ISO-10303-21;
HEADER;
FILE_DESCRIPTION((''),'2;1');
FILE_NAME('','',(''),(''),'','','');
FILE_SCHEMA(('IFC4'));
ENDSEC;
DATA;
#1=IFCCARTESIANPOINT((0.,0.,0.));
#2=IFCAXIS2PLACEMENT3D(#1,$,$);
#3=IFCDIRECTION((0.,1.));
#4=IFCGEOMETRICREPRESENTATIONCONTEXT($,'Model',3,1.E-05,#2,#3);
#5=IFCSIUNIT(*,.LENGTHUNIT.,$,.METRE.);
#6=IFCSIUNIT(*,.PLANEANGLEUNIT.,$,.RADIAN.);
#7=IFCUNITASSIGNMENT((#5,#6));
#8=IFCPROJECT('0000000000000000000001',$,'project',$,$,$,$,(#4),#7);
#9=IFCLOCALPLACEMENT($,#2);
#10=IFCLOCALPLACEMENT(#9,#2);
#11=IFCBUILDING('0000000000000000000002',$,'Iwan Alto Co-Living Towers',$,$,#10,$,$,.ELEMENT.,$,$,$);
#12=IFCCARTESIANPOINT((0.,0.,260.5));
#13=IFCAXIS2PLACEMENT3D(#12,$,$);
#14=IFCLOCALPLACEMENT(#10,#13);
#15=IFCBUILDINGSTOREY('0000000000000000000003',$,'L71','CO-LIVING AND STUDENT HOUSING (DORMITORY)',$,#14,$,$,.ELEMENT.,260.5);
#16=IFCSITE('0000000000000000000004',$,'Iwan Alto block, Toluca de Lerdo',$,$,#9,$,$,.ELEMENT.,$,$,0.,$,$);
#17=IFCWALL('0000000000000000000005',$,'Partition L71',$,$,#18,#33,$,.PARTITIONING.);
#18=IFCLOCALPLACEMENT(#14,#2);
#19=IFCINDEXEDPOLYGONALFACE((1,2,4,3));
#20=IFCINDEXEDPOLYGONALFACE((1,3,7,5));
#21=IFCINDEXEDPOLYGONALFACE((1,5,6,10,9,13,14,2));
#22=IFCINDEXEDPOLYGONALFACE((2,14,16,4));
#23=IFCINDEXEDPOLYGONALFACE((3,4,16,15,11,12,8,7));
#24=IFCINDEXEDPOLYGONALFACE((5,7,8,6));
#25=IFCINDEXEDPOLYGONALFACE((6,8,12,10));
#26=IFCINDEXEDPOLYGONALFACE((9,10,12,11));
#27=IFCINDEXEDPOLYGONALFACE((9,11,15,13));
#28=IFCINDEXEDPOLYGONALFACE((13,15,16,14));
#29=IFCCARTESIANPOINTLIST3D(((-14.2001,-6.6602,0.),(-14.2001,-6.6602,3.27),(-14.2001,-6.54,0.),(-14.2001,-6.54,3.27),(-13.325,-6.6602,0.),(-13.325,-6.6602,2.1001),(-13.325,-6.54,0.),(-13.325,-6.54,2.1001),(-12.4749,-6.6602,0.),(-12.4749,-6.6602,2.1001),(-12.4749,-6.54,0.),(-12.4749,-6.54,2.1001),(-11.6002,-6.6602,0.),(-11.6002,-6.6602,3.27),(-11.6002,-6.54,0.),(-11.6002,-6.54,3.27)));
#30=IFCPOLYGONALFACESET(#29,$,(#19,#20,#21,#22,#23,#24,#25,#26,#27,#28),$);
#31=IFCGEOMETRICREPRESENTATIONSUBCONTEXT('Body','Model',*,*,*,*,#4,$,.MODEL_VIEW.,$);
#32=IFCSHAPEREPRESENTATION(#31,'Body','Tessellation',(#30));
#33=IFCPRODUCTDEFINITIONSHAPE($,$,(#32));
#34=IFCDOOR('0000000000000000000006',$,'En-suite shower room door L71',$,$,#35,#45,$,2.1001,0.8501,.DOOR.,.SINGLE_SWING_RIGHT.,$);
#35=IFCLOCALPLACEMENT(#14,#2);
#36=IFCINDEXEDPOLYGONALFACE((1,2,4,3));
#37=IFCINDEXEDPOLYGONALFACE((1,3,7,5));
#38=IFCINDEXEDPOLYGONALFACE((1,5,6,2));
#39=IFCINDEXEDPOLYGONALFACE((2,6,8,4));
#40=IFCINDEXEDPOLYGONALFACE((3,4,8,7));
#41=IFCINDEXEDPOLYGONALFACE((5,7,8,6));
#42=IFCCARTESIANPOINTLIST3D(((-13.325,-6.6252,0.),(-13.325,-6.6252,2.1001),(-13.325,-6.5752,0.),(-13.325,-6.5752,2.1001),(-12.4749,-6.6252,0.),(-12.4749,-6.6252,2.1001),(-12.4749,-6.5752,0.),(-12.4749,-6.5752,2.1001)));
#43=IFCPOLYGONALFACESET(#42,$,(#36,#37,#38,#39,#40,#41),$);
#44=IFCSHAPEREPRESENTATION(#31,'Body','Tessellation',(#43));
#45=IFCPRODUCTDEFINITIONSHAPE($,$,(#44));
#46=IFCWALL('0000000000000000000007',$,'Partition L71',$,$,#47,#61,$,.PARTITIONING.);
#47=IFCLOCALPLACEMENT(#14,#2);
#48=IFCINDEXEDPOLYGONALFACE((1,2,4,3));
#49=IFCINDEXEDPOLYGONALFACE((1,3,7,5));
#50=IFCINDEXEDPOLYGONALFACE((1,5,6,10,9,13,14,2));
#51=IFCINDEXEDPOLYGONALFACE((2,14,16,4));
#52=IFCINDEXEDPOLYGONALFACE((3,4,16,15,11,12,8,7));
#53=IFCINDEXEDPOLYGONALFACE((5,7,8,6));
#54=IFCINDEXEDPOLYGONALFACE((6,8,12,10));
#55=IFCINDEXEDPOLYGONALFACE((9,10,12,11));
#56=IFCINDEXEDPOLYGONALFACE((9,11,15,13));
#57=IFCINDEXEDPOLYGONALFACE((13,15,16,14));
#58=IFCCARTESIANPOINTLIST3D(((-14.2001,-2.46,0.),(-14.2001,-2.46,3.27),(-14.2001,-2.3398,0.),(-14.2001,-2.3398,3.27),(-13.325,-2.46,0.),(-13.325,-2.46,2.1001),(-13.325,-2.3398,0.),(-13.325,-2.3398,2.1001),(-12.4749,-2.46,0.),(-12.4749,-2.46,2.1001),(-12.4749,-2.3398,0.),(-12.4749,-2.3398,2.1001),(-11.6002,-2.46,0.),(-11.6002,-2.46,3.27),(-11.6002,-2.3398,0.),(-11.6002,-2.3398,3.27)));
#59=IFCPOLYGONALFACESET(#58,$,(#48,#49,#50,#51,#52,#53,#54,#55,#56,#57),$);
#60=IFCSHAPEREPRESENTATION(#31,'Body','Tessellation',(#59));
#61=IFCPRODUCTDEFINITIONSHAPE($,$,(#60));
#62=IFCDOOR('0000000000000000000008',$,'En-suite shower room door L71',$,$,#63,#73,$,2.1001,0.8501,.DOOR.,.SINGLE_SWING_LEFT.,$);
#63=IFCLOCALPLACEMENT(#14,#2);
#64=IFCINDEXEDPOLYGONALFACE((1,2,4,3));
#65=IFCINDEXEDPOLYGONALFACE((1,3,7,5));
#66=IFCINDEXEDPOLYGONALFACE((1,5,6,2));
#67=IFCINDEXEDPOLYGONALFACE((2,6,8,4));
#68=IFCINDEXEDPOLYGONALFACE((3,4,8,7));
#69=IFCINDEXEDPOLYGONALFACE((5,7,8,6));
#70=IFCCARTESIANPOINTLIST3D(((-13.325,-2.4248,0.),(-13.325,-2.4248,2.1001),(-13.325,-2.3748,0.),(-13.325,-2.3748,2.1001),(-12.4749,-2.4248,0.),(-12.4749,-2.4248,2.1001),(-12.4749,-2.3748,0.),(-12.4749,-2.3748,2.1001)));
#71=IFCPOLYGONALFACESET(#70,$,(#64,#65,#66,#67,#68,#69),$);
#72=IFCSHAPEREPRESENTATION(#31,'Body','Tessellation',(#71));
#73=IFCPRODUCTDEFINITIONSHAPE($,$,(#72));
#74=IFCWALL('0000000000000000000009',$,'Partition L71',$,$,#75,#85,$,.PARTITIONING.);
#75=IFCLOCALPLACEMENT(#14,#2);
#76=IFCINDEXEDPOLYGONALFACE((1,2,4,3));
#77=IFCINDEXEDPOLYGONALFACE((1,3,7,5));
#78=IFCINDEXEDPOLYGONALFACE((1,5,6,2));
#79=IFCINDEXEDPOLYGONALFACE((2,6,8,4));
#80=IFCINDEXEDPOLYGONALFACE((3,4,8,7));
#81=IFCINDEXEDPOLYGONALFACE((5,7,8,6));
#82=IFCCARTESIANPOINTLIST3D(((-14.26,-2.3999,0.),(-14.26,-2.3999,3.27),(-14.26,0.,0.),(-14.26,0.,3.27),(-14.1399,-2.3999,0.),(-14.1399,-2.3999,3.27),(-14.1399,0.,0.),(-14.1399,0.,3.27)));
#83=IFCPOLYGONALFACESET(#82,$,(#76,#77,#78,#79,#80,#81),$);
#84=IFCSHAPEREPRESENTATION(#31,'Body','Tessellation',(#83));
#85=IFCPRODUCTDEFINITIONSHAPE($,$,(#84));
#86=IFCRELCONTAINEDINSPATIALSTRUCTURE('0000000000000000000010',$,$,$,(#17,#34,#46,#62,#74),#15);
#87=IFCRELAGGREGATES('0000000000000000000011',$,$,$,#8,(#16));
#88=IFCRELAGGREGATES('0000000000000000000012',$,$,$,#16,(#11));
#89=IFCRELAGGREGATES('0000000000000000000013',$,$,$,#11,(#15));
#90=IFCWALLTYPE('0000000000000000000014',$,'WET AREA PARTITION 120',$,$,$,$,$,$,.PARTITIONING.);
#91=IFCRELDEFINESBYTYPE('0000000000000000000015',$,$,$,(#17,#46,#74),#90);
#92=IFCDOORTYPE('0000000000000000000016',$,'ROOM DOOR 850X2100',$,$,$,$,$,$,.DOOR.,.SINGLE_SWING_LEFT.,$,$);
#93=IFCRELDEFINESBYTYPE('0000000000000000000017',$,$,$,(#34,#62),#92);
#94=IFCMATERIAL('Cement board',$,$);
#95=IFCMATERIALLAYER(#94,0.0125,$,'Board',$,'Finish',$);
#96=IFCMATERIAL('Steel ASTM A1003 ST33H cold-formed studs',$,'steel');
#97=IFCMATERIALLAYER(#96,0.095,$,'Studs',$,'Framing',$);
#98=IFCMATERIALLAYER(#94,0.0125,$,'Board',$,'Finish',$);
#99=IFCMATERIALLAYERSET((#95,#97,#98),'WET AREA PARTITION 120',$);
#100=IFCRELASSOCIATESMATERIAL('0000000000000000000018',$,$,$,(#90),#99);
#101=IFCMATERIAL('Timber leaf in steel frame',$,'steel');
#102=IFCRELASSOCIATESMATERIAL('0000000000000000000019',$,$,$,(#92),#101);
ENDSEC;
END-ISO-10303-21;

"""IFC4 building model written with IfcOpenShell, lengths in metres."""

from ifc_helpers import new_model, si_unit, direction, frame, frame_2d, origin, place, context, subcontext, project, spatial, rectangle, extrude, material, layer, layer_set, type_object, element, fill, save


model = new_model("IFC4")

# Units and contexts
model_context = context("Model", 3, precision=1e-05, world=origin(), true_north=direction((0.0, 1.0)))
body_context = subcontext(model_context, "Body", "Model", "MODEL_VIEW")
ifc_project = project(units=[si_unit("LENGTHUNIT", "METRE"), si_unit("PLANEANGLEUNIT", "RADIAN")], contexts=[model_context])

# Site, building, storey
site_placement = place(None, origin())
site = spatial("IfcSite", under=ifc_project, at=site_placement, Name="Iwan Alto block, Toluca de Lerdo", CompositionType="ELEMENT", RefElevation=0.0)
building_placement = place(site_placement, origin())
building = spatial("IfcBuilding", under=site, at=building_placement, Name="Iwan Alto Co-Living Towers", CompositionType="ELEMENT")
storey_placement = place(building_placement, frame((0.0, 0.0, 260.5)))
storey = spatial("IfcBuildingStorey", under=building, at=storey_placement, Name="L71", Description="CO-LIVING AND STUDENT HOUSING (DORMITORY)", CompositionType="ELEMENT", Elevation=260.5)

# Shared definitions
ifc_material_1 = material(Name="Steel ASTM A1003 ST33H cold-formed studs", Category="steel")

# Walls, openings, doors
ifc_material_2 = material(Name="Cement board")
ifc_layer_1 = layer(ifc_material_2, 0.0125, Name="Board", Category="Finish")
ifc_layer_2 = layer(ifc_material_1, 0.095, Name="Studs", Category="Framing")
ifc_layer_3 = layer(ifc_material_2, 0.0125, Name="Board", Category="Finish")
ifc_layer_set_1 = layer_set([ifc_layer_1, ifc_layer_2, ifc_layer_3], Name="WET AREA PARTITION 120")
wall_type_1 = type_object("IfcWallType", Name="WET AREA PARTITION 120", PredefinedType="PARTITIONING", material=ifc_layer_set_1)
wall_1_placement = place(storey_placement, frame((-14.2, -6.6001, 0.0), z_axis=(0.0, 0.0, 1.0), x_axis=(1.0, 0.0, 0.0)))
wall_1 = element("IfcWall", 1, at=wall_1_placement, inside=storey, type_object=wall_type_1, Name="Partition L71", PredefinedType="PARTITIONING", context=body_context, shape_type="SweptSolid", body=[
    extrude(rectangle(XDim=2.5999, YDim=0.1201, at=frame_2d((1.2998, 0.0))), origin(), (0.0, 0.0, 1.0), 3.27),
])
opening_1_placement = place(wall_1_placement, frame((0.875, 0.0, 0.0)))
opening_1 = element("IfcOpeningElement", 2, at=opening_1_placement, cuts=wall_1, PredefinedType="OPENING", context=body_context, shape_type="SweptSolid", body=[
    extrude(rectangle(XDim=0.8501, YDim=2.1001, at=frame_2d((0.425, 1.05))), frame((0.0, 0.0701, 0.0), z_axis=(0.0, -1.0, 0.0), x_axis=(1.0, 0.0, 0.0)), (0.0, 0.0, 1.0), 0.1401),
])
ifc_material_3 = material(Name="Timber leaf in steel frame", Category="steel")
door_type_1 = type_object("IfcDoorType", Name="ROOM DOOR 850X2100", OperationType="SINGLE_SWING_LEFT", PredefinedType="DOOR", material=ifc_material_3)
door_1_placement = place(opening_1_placement, origin())
door_1 = element("IfcDoor", 3, at=door_1_placement, inside=storey, type_object=door_type_1, Name="En-suite shower room door L71", OperationType="SINGLE_SWING_RIGHT", OverallHeight=2.1001, OverallWidth=0.8501, PredefinedType="DOOR", context=body_context, shape_type="SweptSolid", body=[
    extrude(rectangle(XDim=0.8501, YDim=2.1001, at=frame_2d((0.425, 1.05))), frame((0.0, 0.0249, 0.0), z_axis=(0.0, -1.0, 0.0), x_axis=(1.0, 0.0, 0.0)), (0.0, 0.0, 1.0), 0.05),
])
fill(opening_1, door_1)
wall_2_placement = place(storey_placement, frame((-14.2, -2.3999, 0.0), z_axis=(0.0, 0.0, 1.0), x_axis=(1.0, 0.0, 0.0)))
wall_2 = element("IfcWall", 4, at=wall_2_placement, inside=storey, type_object=wall_type_1, Name="Partition L71", PredefinedType="PARTITIONING", context=body_context, shape_type="SweptSolid", body=[
    extrude(rectangle(XDim=2.5999, YDim=0.1201, at=frame_2d((1.2998, 0.0))), origin(), (0.0, 0.0, 1.0), 3.27),
])
opening_2_placement = place(wall_2_placement, frame((0.875, 0.0, 0.0)))
opening_2 = element("IfcOpeningElement", 5, at=opening_2_placement, cuts=wall_2, PredefinedType="OPENING", context=body_context, shape_type="SweptSolid", body=[
    extrude(rectangle(XDim=0.8501, YDim=2.1001, at=frame_2d((0.425, 1.05))), frame((0.0, 0.0701, 0.0), z_axis=(0.0, -1.0, 0.0), x_axis=(1.0, 0.0, 0.0)), (0.0, 0.0, 1.0), 0.1401),
])
door_2_placement = place(opening_2_placement, frame((0.8501, 0.0, 0.0), z_axis=(0.0, 0.0, 1.0), x_axis=(-1.0, 0.0, 0.0)))
door_2 = element("IfcDoor", 6, at=door_2_placement, inside=storey, type_object=door_type_1, Name="En-suite shower room door L71", OperationType="SINGLE_SWING_LEFT", OverallHeight=2.1001, OverallWidth=0.8501, PredefinedType="DOOR", context=body_context, shape_type="SweptSolid", body=[
    extrude(rectangle(XDim=0.8501, YDim=2.1001, at=frame_2d((0.425, 1.05))), frame((0.0, 0.0249, 0.0), z_axis=(0.0, -1.0, 0.0), x_axis=(1.0, 0.0, 0.0)), (0.0, 0.0, 1.0), 0.05),
])
fill(opening_2, door_2)

# Wall
wall_3_placement = place(storey_placement, frame((-14.2, -2.3999, 0.0), z_axis=(0.0, 0.0, 1.0), x_axis=(0.0, 1.0, 0.0)))
element("IfcWall", 7, at=wall_3_placement, inside=storey, type_object=wall_type_1, Name="Partition L71", PredefinedType="PARTITIONING", context=body_context, shape_type="SweptSolid", body=[
    extrude(rectangle(XDim=2.3999, YDim=0.1201, at=frame_2d((1.2, 0.0))), origin(), (0.0, 0.0, 1.0), 3.27),
])

save(model, "model.ifc")
